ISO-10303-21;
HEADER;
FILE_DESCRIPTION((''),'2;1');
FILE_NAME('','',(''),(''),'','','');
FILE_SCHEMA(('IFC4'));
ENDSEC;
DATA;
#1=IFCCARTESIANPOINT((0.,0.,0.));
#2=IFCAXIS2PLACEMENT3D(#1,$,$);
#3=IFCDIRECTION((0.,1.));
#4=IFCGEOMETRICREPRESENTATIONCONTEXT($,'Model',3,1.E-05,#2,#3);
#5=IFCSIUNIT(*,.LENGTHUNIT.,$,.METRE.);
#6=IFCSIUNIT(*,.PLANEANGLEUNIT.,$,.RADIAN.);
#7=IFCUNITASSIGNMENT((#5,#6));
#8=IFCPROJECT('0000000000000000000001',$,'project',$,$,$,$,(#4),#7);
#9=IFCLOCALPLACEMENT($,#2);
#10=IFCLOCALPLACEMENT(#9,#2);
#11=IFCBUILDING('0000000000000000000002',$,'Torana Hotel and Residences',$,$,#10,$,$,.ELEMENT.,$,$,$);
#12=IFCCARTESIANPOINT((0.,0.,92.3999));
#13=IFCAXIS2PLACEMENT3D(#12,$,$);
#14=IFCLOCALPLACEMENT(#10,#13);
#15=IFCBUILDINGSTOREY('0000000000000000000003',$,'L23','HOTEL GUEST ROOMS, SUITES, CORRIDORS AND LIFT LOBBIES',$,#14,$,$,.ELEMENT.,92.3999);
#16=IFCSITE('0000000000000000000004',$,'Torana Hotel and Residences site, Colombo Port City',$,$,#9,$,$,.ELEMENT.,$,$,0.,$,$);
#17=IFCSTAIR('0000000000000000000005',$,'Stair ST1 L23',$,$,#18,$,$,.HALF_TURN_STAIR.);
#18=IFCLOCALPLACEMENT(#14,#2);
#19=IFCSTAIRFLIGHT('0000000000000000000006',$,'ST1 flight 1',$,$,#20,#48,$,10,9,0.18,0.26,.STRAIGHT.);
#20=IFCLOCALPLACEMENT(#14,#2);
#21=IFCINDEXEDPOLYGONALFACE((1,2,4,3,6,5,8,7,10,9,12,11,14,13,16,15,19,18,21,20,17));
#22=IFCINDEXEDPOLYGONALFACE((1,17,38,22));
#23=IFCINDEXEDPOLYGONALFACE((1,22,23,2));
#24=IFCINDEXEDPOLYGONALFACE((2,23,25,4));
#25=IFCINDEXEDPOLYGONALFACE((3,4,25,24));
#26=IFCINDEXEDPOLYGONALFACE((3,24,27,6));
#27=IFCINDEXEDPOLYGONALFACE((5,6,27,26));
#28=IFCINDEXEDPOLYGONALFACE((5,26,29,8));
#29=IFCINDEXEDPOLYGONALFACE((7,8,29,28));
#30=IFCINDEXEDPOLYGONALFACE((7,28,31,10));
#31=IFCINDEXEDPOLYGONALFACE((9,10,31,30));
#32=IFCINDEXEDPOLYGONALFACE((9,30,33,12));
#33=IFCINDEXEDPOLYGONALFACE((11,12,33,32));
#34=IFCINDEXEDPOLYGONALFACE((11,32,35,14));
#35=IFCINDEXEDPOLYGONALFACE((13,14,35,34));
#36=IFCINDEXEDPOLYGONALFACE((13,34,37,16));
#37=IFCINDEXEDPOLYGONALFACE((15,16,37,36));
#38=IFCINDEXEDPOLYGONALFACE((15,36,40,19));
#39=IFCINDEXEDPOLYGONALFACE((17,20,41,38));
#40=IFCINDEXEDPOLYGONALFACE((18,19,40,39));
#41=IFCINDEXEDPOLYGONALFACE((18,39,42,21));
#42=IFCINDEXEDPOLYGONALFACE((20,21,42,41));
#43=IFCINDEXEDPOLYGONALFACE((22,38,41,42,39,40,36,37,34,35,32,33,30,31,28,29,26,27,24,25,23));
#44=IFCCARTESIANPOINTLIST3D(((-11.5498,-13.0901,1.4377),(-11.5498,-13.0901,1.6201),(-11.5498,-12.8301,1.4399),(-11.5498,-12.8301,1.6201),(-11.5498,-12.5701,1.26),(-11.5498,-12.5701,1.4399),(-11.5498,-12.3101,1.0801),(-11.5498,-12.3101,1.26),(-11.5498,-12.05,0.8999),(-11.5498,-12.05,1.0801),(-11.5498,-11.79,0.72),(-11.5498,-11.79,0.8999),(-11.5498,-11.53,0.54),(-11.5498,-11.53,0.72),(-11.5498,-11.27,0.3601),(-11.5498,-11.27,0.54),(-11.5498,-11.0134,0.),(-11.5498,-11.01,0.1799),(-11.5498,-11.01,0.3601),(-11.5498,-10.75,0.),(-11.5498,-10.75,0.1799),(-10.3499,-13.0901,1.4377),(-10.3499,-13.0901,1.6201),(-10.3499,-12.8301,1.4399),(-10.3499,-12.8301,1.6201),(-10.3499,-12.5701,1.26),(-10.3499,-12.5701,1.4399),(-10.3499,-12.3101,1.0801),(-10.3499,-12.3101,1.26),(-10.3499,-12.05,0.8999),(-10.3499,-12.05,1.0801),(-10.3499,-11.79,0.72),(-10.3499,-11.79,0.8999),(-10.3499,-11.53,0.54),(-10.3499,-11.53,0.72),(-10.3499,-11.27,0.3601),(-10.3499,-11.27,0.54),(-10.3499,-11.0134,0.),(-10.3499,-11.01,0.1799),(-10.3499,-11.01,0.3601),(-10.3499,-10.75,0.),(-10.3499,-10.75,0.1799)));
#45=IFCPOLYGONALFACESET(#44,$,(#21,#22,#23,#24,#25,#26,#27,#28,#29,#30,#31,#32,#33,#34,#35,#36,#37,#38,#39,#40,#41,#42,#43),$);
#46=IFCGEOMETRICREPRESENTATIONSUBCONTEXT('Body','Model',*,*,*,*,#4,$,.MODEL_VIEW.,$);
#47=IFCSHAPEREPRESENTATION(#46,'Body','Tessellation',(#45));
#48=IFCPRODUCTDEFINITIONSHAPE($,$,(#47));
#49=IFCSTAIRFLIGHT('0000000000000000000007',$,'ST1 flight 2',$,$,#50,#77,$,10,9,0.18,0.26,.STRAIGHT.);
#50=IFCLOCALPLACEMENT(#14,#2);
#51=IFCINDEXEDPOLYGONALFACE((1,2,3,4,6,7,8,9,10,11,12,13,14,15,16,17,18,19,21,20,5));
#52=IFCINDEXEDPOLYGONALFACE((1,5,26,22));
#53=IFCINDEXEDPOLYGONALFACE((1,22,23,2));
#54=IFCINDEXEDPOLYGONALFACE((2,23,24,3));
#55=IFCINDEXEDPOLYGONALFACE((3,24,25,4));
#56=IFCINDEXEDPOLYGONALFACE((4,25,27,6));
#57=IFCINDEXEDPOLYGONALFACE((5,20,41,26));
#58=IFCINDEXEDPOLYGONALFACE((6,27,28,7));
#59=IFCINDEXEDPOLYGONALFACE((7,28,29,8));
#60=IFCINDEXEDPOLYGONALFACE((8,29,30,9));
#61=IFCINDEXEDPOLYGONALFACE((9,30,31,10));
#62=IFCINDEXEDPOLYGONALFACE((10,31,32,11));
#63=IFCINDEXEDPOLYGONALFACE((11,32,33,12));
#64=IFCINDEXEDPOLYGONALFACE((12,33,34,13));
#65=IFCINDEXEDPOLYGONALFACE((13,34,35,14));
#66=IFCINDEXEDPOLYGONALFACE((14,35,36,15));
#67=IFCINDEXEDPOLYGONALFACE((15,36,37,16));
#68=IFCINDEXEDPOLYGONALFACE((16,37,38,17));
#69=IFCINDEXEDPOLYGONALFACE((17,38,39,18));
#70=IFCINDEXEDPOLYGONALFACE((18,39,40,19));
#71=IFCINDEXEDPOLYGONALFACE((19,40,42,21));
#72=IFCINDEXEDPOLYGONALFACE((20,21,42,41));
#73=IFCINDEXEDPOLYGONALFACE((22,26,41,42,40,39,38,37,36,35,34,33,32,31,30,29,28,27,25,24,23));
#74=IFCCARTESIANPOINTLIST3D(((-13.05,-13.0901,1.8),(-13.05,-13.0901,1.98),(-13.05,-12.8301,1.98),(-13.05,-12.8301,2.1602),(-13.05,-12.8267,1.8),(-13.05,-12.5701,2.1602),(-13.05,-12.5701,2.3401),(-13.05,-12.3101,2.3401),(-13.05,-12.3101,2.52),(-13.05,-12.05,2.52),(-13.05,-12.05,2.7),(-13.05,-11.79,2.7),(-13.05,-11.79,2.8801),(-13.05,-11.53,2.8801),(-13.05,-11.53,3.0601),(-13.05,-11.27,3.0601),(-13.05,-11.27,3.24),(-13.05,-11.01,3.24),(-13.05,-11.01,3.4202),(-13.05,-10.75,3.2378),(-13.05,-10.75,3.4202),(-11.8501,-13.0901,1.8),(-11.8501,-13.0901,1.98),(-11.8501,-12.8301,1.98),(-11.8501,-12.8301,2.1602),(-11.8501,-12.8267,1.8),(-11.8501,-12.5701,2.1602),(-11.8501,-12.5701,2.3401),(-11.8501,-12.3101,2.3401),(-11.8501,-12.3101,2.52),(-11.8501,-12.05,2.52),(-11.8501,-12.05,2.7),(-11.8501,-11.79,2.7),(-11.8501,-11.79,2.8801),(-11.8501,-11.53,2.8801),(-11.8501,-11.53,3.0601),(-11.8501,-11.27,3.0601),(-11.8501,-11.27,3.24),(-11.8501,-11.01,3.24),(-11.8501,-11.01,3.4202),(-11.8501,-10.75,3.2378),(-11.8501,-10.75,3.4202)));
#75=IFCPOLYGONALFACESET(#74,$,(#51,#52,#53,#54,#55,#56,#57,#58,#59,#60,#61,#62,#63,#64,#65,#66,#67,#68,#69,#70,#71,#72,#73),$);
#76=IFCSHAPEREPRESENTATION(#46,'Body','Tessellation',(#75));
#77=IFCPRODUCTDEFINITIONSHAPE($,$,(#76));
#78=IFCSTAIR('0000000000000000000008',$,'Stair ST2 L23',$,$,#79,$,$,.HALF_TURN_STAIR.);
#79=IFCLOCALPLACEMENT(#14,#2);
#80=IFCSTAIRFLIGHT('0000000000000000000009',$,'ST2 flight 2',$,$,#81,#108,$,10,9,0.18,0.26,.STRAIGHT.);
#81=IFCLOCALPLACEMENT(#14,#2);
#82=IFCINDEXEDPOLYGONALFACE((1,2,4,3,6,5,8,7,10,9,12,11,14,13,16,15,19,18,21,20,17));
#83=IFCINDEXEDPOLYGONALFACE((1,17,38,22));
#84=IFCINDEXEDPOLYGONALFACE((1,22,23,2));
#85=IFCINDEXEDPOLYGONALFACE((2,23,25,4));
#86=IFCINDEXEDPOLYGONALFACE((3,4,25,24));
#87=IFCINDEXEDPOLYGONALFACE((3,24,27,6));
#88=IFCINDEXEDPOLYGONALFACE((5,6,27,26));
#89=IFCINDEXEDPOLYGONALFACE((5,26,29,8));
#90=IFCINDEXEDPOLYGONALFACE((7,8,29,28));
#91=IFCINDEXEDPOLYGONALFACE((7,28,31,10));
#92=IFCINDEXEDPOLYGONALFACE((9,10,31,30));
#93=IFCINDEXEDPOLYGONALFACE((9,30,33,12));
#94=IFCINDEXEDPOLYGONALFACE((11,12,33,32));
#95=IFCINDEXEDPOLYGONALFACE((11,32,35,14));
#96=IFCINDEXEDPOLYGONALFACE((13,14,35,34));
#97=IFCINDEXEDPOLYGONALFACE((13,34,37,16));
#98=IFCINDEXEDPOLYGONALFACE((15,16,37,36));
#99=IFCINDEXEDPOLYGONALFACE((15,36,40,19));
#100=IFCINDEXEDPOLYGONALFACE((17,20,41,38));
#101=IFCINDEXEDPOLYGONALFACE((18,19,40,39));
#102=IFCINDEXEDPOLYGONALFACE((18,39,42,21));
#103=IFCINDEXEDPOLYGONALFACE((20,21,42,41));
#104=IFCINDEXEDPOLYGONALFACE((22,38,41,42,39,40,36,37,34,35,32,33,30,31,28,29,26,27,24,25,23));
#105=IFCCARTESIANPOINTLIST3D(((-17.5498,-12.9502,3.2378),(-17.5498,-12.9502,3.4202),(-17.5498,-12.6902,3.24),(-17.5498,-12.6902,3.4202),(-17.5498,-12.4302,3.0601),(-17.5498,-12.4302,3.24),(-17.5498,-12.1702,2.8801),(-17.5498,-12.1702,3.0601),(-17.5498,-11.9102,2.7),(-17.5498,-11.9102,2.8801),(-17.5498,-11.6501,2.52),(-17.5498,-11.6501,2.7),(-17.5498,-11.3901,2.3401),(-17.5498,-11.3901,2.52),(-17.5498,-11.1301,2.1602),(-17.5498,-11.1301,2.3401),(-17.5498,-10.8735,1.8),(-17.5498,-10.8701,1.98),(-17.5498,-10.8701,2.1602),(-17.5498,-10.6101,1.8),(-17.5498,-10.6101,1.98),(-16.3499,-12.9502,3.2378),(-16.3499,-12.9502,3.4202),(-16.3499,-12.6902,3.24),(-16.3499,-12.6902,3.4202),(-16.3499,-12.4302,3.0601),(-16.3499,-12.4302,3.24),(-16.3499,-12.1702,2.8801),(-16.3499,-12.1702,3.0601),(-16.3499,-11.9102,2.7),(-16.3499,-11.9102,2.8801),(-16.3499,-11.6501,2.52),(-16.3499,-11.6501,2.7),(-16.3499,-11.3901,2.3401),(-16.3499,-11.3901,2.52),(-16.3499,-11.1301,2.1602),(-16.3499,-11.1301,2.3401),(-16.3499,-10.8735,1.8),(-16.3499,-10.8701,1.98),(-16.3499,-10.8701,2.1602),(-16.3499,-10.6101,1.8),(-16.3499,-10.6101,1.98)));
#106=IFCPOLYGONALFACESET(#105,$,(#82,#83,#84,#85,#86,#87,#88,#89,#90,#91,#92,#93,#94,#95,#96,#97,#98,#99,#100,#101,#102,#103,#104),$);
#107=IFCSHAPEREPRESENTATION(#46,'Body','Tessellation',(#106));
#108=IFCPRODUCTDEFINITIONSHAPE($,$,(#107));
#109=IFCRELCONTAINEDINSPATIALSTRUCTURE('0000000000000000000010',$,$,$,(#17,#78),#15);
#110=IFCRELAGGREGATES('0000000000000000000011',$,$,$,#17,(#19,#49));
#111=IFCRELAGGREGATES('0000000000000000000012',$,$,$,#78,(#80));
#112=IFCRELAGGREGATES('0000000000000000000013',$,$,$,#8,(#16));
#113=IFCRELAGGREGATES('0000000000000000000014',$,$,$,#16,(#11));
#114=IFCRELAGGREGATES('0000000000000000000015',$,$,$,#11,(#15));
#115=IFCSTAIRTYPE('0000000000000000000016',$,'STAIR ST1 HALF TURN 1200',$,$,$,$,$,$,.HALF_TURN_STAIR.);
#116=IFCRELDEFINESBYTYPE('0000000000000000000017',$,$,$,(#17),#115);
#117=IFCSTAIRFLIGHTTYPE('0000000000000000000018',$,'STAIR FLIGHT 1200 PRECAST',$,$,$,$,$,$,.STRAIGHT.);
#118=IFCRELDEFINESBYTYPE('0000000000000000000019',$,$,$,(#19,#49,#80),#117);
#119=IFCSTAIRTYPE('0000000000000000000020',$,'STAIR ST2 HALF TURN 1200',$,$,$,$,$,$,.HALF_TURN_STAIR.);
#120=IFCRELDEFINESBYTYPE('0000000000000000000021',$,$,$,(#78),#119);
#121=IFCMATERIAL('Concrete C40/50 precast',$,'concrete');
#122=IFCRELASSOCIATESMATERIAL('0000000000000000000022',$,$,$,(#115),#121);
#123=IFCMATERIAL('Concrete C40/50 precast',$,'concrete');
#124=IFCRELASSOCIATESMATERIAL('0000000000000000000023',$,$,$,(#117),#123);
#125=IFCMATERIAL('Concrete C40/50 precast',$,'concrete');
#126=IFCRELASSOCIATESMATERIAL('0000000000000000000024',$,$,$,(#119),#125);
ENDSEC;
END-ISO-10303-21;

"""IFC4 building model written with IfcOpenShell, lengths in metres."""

from ifc_helpers import new_model, si_unit, direction, frame, origin, place, context, subcontext, project, spatial, polyline, outline, extrude, material, type_object, element, aggregate, save


model = new_model("IFC4")

# Units and contexts
model_context = context("Model", 3, precision=1e-05, world=origin(), true_north=direction((0.0, 1.0)))
body_context = subcontext(model_context, "Body", "Model", "MODEL_VIEW")
ifc_project = project(units=[si_unit("LENGTHUNIT", "METRE"), si_unit("PLANEANGLEUNIT", "RADIAN")], contexts=[model_context])

# Site, building, storey
site_placement = place(None, origin())
site = spatial("IfcSite", under=ifc_project, at=site_placement, Name="Torana Hotel and Residences site, Colombo Port City", CompositionType="ELEMENT", RefElevation=0.0)
building_placement = place(site_placement, origin())
building = spatial("IfcBuilding", under=site, at=building_placement, Name="Torana Hotel and Residences", CompositionType="ELEMENT")
storey_placement = place(building_placement, frame((0.0, 0.0, 92.3999)))
storey = spatial("IfcBuildingStorey", under=building, at=storey_placement, Name="L23", Description="HOTEL GUEST ROOMS, SUITES, CORRIDORS AND LIFT LOBBIES", CompositionType="ELEMENT", Elevation=92.3999)

# Stair, stair flights
ifc_material_1 = material(Name="Concrete C40/50 precast", Category="concrete")
stair_type_1 = type_object("IfcStairType", Name="STAIR ST1 HALF TURN 1200", PredefinedType="HALF_TURN_STAIR", material=ifc_material_1)
stair_1_placement = place(storey_placement, origin())
stair_1 = element("IfcStair", 1, at=stair_1_placement, inside=storey, type_object=stair_type_1, Name="Stair ST1 L23", PredefinedType="HALF_TURN_STAIR")
ifc_material_2 = material(Name="Concrete C40/50 precast", Category="concrete")
stair_flight_type = type_object("IfcStairFlightType", Name="STAIR FLIGHT 1200 PRECAST", PredefinedType="STRAIGHT", material=ifc_material_2)
stair_flight_1_placement = place(storey_placement, frame((-10.95, -10.75, 0.0), z_axis=(0.0, 0.0, 1.0), x_axis=(0.0, -1.0, 0.0)))
stair_flight_1 = element("IfcStairFlight", 2, at=stair_flight_1_placement, type_object=stair_flight_type, Name="ST1 flight 1", NumberOfRisers=10, NumberOfTreads=9, PredefinedType="STRAIGHT", RiserHeight=0.18, TreadLength=0.26, context=body_context, shape_type="SweptSolid", body=[
    extrude(outline(polyline([(0.0, 0.0), (0.0, 0.1799), (0.26, 0.1799), (0.26, 0.3601), (0.52, 0.3601), (0.52, 0.54), (0.78, 0.54), (0.78, 0.72), (1.04, 0.72), (1.04, 0.8999), (1.3, 0.8999), (1.3, 1.0801), (1.5601, 1.0801), (1.5601, 1.26), (1.8201, 1.26), (1.8201, 1.4399), (2.0801, 1.4399), (2.0801, 1.6201), (2.3401, 1.6201), (2.3401, 1.8), (2.3401, 1.4377), (0.2634, 0.0), (0.0, 0.0)])), frame((0.0, 0.6001, 0.0), z_axis=(0.0, -1.0, 0.0), x_axis=(1.0, 0.0, 0.0)), (0.0, 0.0, 1.0), 1.2),
])
stair_flight_2_placement = place(storey_placement, frame((-12.45, -13.0901, 1.8), z_axis=(0.0, 0.0, 1.0), x_axis=(0.0, 1.0, 0.0)))
stair_flight_2 = element("IfcStairFlight", 3, at=stair_flight_2_placement, type_object=stair_flight_type, Name="ST1 flight 2", NumberOfRisers=10, NumberOfTreads=9, PredefinedType="STRAIGHT", RiserHeight=0.18, TreadLength=0.26, context=body_context, shape_type="SweptSolid", body=[
    extrude(outline(polyline([(0.0, 0.0), (0.0, 0.1799), (0.26, 0.1799), (0.26, 0.3601), (0.52, 0.3601), (0.52, 0.54), (0.78, 0.54), (0.78, 0.72), (1.04, 0.72), (1.04, 0.8999), (1.3, 0.8999), (1.3, 1.0801), (1.5601, 1.0801), (1.5601, 1.26), (1.8201, 1.26), (1.8201, 1.4399), (2.0801, 1.4399), (2.0801, 1.6201), (2.3401, 1.6201), (2.3401, 1.8), (2.3401, 1.4377), (0.2634, 0.0), (0.0, 0.0)])), frame((0.0, 0.6001, 0.0), z_axis=(0.0, -1.0, 0.0), x_axis=(1.0, 0.0, 0.0)), (0.0, 0.0, 1.0), 1.2),
])
aggregate(stair_1, [stair_flight_1, stair_flight_2])

# Stair, stair flight
ifc_material_3 = material(Name="Concrete C40/50 precast", Category="concrete")
stair_type_2 = type_object("IfcStairType", Name="STAIR ST2 HALF TURN 1200", PredefinedType="HALF_TURN_STAIR", material=ifc_material_3)
stair_2_placement = place(storey_placement, origin())
stair_2 = element("IfcStair", 4, at=stair_2_placement, inside=storey, type_object=stair_type_2, Name="Stair ST2 L23", PredefinedType="HALF_TURN_STAIR")
stair_flight_3_placement = place(storey_placement, frame((-16.95, -10.6101, 1.8), z_axis=(0.0, 0.0, 1.0), x_axis=(0.0, -1.0, 0.0)))
stair_flight_3 = element("IfcStairFlight", 5, at=stair_flight_3_placement, type_object=stair_flight_type, Name="ST2 flight 2", NumberOfRisers=10, NumberOfTreads=9, PredefinedType="STRAIGHT", RiserHeight=0.18, TreadLength=0.26, context=body_context, shape_type="SweptSolid", body=[
    extrude(outline(polyline([(0.0, 0.0), (0.0, 0.1799), (0.26, 0.1799), (0.26, 0.3601), (0.52, 0.3601), (0.52, 0.54), (0.78, 0.54), (0.78, 0.72), (1.04, 0.72), (1.04, 0.8999), (1.3, 0.8999), (1.3, 1.0801), (1.5601, 1.0801), (1.5601, 1.26), (1.8201, 1.26), (1.8201, 1.4399), (2.0801, 1.4399), (2.0801, 1.6201), (2.3401, 1.6201), (2.3401, 1.8), (2.3401, 1.4377), (0.2634, 0.0), (0.0, 0.0)])), frame((0.0, 0.6001, 0.0), z_axis=(0.0, -1.0, 0.0), x_axis=(1.0, 0.0, 0.0)), (0.0, 0.0, 1.0), 1.2),
])
aggregate(stair_2, [stair_flight_3])

save(model, "model.ifc")
